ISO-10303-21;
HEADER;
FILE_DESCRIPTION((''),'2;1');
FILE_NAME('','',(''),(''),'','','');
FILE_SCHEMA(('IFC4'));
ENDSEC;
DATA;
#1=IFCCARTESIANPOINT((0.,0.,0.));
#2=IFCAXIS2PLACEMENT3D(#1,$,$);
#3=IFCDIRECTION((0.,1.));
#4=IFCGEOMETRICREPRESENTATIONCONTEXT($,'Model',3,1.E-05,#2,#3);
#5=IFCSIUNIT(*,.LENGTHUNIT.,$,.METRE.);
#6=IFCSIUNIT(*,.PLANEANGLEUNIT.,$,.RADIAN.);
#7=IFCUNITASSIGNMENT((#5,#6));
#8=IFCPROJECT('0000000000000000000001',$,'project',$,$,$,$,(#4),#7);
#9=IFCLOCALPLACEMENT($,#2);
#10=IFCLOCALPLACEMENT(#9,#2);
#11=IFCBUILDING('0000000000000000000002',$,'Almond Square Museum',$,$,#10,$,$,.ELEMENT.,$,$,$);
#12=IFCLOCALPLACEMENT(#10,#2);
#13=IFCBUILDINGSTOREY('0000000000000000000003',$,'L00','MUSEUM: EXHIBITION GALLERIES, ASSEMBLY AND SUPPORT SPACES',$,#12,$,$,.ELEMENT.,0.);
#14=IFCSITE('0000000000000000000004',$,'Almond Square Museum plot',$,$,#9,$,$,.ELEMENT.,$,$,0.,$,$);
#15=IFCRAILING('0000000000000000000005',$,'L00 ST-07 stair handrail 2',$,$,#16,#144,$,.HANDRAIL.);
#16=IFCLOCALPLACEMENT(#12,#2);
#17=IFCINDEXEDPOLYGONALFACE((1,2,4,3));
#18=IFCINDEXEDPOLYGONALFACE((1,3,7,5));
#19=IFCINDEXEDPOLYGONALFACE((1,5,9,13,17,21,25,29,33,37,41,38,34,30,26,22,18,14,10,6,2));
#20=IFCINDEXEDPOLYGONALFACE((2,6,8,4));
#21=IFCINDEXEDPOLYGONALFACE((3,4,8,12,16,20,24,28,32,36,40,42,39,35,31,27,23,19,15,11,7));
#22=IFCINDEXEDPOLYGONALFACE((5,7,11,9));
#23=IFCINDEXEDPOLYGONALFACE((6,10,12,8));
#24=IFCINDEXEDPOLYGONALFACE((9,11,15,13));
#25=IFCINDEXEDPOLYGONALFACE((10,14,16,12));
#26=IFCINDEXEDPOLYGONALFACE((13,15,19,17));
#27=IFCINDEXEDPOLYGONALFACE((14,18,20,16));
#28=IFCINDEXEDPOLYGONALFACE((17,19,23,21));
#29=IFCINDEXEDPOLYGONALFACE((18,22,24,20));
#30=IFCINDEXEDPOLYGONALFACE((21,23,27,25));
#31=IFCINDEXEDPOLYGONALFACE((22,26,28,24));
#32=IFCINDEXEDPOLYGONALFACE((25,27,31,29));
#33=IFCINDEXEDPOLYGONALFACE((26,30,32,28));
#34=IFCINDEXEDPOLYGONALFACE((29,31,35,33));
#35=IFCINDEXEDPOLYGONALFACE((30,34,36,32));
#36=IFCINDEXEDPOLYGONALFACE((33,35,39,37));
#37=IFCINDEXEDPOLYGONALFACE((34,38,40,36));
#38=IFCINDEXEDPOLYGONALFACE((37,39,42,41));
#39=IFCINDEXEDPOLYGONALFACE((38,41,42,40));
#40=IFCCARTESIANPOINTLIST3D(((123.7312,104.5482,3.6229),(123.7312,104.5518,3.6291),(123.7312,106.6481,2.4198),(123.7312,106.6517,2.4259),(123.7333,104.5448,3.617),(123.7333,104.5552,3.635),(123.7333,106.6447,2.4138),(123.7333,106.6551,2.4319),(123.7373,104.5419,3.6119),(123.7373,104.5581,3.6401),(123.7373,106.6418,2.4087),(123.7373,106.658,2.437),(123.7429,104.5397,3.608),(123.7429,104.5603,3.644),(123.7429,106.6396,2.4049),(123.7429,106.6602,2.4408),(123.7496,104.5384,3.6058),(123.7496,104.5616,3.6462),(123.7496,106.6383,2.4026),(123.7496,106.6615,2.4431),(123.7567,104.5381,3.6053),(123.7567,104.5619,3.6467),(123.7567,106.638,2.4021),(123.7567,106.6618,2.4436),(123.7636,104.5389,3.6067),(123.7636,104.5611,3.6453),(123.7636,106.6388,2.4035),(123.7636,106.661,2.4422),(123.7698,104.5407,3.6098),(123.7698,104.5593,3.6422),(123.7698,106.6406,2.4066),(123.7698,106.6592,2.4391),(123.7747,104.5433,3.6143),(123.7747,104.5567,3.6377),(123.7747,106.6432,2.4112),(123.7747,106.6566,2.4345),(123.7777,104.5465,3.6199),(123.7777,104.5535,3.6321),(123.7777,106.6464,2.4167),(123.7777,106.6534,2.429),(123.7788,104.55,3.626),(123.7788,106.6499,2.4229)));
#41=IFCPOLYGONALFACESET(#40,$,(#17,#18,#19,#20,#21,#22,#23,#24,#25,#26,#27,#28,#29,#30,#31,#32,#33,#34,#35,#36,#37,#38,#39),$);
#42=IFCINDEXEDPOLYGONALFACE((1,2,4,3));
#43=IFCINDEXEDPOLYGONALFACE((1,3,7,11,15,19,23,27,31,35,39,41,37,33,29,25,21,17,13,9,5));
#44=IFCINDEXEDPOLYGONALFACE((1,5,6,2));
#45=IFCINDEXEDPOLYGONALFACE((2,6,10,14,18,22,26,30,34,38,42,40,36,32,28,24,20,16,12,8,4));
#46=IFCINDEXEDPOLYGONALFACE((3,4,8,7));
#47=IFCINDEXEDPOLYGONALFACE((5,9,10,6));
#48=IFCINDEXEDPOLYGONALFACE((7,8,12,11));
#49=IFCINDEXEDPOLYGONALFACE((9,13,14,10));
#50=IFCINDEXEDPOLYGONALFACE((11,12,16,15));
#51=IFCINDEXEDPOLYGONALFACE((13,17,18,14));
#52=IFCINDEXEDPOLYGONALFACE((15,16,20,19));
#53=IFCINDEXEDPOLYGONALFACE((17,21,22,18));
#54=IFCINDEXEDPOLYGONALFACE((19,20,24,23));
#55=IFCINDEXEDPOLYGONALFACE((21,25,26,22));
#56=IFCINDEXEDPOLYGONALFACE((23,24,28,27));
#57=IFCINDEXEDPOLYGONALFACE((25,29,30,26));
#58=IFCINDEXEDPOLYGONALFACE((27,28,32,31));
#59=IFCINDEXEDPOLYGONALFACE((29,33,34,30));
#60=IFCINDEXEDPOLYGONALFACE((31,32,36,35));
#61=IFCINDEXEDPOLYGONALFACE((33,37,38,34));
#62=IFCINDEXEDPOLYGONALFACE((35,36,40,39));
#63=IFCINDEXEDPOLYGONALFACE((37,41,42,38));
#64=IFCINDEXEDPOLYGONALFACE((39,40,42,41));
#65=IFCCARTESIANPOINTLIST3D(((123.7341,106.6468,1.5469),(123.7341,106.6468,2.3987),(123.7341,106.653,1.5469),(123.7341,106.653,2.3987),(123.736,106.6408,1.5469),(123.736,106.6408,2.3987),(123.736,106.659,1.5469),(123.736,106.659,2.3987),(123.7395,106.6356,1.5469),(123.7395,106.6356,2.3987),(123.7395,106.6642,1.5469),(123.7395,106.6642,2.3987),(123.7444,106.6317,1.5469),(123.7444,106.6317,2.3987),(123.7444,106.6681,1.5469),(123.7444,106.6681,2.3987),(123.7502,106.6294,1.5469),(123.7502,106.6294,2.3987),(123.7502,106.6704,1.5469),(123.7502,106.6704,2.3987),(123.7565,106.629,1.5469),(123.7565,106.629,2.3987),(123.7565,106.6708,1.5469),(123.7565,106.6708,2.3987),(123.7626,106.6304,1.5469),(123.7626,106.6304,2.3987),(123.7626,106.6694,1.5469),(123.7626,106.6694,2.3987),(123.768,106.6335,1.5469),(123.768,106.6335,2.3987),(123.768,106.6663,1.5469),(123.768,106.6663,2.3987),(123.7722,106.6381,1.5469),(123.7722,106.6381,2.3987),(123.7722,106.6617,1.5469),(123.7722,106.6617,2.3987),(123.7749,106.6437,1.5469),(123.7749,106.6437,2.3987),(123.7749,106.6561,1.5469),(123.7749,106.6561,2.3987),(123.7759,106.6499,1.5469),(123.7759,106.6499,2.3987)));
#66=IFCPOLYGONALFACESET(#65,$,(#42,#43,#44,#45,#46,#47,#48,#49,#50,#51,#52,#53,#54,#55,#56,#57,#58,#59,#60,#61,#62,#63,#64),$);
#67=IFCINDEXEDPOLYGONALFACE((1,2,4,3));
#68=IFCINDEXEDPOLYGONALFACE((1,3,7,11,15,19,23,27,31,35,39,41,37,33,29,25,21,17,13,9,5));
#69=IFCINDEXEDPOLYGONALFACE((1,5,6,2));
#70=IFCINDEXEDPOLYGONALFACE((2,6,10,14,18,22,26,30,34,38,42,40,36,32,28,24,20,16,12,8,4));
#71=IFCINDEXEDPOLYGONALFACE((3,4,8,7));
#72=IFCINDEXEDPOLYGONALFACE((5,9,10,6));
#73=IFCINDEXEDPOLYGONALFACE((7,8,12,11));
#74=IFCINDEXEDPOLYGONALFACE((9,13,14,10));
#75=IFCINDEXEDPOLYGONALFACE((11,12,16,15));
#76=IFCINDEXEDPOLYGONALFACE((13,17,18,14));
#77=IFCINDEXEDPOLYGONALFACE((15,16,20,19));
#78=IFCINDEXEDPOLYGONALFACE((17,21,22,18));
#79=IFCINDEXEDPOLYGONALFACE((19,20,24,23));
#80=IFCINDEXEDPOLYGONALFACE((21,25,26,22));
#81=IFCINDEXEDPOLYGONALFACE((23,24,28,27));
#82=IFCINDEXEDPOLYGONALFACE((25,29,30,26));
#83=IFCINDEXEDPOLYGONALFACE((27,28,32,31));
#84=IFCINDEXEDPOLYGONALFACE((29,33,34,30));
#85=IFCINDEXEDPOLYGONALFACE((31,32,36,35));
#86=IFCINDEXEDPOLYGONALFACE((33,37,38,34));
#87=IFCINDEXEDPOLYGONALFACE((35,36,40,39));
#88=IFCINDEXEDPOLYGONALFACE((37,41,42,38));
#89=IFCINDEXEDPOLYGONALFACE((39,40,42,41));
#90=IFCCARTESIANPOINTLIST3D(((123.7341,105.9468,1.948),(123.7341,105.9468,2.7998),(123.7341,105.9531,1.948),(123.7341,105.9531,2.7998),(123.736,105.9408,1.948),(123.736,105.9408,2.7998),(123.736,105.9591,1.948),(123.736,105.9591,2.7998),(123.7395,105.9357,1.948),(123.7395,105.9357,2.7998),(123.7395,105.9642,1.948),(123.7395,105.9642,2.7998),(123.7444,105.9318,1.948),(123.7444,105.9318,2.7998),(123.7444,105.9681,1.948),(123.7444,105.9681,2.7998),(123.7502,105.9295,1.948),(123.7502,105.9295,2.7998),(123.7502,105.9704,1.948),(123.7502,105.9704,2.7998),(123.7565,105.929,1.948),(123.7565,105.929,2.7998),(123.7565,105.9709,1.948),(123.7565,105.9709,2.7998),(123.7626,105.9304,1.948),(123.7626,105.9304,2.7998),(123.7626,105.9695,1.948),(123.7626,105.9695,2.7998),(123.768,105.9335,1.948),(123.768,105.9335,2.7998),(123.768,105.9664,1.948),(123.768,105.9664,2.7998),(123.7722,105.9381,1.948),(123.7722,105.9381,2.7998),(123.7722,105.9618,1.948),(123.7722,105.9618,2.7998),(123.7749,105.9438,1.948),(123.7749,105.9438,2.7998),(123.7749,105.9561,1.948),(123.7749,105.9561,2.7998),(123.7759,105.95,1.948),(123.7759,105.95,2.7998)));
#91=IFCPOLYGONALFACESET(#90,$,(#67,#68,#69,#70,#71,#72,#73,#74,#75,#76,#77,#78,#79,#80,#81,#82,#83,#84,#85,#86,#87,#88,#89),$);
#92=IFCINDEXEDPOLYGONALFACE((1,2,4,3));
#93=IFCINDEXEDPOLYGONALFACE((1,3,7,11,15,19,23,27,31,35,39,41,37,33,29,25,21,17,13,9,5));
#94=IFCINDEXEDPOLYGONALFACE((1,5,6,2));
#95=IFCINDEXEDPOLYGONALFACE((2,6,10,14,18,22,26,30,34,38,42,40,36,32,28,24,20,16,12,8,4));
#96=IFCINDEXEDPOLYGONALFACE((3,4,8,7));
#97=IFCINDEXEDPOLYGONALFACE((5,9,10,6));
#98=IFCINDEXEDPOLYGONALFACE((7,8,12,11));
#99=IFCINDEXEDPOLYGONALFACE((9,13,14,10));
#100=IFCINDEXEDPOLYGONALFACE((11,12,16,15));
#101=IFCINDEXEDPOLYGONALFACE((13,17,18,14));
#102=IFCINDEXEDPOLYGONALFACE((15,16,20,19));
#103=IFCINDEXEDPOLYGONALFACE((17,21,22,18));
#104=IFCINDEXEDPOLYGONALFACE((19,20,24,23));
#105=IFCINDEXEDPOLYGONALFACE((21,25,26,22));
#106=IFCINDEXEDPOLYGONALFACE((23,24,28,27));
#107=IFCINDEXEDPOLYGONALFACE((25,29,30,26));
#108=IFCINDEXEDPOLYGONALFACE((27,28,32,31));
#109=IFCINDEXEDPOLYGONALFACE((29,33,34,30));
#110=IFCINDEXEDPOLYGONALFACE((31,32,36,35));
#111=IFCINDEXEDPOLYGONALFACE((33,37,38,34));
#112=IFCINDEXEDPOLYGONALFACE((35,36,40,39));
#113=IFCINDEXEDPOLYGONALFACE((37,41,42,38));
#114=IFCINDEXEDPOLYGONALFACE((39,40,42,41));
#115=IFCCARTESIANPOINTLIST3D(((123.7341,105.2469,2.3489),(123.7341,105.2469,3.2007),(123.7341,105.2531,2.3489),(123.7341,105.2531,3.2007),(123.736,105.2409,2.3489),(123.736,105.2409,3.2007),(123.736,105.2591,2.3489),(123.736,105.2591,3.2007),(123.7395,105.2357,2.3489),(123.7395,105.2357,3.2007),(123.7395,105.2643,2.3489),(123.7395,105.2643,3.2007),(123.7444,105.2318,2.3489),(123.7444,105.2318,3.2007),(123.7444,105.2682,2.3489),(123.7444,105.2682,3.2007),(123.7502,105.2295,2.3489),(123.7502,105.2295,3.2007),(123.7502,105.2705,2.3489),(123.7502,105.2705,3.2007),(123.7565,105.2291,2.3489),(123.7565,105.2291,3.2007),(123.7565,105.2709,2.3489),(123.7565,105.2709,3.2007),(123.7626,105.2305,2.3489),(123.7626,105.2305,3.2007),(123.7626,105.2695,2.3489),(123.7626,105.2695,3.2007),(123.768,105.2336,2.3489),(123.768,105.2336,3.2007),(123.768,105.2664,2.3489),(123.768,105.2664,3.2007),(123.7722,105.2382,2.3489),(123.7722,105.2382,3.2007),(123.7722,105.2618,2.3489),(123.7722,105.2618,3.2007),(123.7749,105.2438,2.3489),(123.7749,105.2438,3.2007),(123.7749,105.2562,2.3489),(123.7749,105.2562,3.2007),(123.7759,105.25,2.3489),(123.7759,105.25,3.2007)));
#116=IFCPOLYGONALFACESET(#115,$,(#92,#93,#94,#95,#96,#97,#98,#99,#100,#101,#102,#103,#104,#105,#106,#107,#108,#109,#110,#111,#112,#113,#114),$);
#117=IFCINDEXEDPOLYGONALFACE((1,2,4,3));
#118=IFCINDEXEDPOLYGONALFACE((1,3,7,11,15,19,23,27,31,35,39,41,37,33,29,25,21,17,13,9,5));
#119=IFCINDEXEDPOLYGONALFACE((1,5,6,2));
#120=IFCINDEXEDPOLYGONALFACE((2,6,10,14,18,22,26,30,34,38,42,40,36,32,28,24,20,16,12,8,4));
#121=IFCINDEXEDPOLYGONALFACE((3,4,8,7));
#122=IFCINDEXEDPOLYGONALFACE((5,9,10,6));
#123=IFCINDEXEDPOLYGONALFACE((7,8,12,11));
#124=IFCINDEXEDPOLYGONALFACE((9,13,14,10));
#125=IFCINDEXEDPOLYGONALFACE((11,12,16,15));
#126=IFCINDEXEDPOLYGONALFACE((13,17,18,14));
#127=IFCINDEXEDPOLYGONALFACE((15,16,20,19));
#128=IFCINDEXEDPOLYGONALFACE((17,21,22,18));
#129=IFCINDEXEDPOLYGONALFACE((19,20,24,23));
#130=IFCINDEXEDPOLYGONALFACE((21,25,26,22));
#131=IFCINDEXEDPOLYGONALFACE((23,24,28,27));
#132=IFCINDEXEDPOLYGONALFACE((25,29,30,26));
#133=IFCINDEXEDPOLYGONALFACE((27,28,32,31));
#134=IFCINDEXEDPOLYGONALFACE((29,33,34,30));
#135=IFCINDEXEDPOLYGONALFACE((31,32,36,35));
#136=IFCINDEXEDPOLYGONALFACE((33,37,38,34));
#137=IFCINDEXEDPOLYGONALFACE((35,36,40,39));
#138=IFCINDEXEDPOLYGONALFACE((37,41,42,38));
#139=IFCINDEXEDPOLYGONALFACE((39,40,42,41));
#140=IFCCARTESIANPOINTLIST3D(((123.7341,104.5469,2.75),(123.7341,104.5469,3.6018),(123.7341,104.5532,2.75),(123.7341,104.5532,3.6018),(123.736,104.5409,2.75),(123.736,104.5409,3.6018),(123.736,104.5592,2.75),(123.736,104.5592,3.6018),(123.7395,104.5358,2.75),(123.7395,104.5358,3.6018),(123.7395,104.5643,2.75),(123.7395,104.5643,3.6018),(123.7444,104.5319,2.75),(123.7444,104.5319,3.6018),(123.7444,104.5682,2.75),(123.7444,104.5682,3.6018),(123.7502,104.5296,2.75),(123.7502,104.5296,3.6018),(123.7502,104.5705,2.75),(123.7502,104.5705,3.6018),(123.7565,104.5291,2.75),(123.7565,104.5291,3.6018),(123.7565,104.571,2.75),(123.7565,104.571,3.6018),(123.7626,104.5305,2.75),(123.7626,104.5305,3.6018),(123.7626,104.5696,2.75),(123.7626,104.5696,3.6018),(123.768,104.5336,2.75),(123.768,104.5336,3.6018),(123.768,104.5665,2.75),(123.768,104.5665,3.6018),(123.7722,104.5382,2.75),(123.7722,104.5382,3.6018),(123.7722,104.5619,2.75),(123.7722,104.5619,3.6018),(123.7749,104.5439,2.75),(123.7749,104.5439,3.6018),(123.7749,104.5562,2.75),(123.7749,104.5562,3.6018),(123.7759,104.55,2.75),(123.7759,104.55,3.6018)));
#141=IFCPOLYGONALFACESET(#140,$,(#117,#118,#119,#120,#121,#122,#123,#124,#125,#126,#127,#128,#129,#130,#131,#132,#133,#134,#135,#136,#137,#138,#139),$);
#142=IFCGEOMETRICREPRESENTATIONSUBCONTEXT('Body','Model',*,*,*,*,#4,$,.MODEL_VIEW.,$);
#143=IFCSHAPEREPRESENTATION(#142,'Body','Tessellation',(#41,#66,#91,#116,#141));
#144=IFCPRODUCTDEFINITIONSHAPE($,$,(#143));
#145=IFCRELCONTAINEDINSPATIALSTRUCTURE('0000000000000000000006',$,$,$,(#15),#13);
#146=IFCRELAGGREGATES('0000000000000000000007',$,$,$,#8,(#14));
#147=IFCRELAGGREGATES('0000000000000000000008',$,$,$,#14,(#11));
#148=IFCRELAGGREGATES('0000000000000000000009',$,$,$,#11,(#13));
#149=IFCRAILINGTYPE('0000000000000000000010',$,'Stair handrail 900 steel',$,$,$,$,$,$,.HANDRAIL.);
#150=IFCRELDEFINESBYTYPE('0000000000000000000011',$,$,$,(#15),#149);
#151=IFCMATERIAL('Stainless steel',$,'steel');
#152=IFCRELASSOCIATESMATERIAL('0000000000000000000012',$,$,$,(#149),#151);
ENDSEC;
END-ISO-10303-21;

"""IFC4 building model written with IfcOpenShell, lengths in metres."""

from ifc_helpers import new_model, si_unit, direction, frame, origin, origin_2d, place, context, subcontext, project, spatial, circle, extrude, material, type_object, element, save


model = new_model("IFC4")

# Units and contexts
model_context = context("Model", 3, precision=1e-05, world=origin(), true_north=direction((0.0, 1.0)))
body_context = subcontext(model_context, "Body", "Model", "MODEL_VIEW")
ifc_project = project(units=[si_unit("LENGTHUNIT", "METRE"), si_unit("PLANEANGLEUNIT", "RADIAN")], contexts=[model_context])

# Site, building, storey
site_placement = place(None, origin())
site = spatial("IfcSite", under=ifc_project, at=site_placement, Name="Almond Square Museum plot", CompositionType="ELEMENT", RefElevation=0.0)
building_placement = place(site_placement, origin())
building = spatial("IfcBuilding", under=site, at=building_placement, Name="Almond Square Museum", CompositionType="ELEMENT")
storey_placement = place(building_placement, origin())
storey = spatial("IfcBuildingStorey", under=building, at=storey_placement, Name="L00", Description="MUSEUM: EXHIBITION GALLERIES, ASSEMBLY AND SUPPORT SPACES", CompositionType="ELEMENT", Elevation=0.0)

# Railing
ifc_material_1 = material(Name="Stainless steel", Category="steel")
railing_type = type_object("IfcRailingType", Name="Stair handrail 900 steel", PredefinedType="HANDRAIL", material=ifc_material_1)
for number, where, name in (
    (1, (123.7549, 106.6499, 1.5469), "L00 ST-07 stair handrail 2"),
):
    element("IfcRailing", number, at=place(storey_placement, frame(where)), inside=storey, type_object=railing_type, Name=name, PredefinedType="HANDRAIL", context=body_context, shape_type="SweptSolid", body=[
        extrude(circle(Radius=0.0239, at=origin_2d()), frame((0.0, 0.0, 0.876), z_axis=(0.0, -0.867671, 0.497138), x_axis=(1.0, 0.0, 0.0)), (0.0, 0.0, 1.0), 2.4202),
        extrude(circle(Radius=0.021, at=origin_2d()), origin(), (0.0, 0.0, 1.0), 0.8518),
        extrude(circle(Radius=0.021, at=origin_2d()), frame((0.0, -0.7, 0.4011)), (0.0, 0.0, 1.0), 0.8518),
        extrude(circle(Radius=0.021, at=origin_2d()), frame((0.0, -1.3999, 0.802)), (0.0, 0.0, 1.0), 0.8518),
        extrude(circle(Radius=0.021, at=origin_2d()), frame((0.0, -2.0999, 1.2031)), (0.0, 0.0, 1.0), 0.8518),
    ])

save(model, "model.ifc")
